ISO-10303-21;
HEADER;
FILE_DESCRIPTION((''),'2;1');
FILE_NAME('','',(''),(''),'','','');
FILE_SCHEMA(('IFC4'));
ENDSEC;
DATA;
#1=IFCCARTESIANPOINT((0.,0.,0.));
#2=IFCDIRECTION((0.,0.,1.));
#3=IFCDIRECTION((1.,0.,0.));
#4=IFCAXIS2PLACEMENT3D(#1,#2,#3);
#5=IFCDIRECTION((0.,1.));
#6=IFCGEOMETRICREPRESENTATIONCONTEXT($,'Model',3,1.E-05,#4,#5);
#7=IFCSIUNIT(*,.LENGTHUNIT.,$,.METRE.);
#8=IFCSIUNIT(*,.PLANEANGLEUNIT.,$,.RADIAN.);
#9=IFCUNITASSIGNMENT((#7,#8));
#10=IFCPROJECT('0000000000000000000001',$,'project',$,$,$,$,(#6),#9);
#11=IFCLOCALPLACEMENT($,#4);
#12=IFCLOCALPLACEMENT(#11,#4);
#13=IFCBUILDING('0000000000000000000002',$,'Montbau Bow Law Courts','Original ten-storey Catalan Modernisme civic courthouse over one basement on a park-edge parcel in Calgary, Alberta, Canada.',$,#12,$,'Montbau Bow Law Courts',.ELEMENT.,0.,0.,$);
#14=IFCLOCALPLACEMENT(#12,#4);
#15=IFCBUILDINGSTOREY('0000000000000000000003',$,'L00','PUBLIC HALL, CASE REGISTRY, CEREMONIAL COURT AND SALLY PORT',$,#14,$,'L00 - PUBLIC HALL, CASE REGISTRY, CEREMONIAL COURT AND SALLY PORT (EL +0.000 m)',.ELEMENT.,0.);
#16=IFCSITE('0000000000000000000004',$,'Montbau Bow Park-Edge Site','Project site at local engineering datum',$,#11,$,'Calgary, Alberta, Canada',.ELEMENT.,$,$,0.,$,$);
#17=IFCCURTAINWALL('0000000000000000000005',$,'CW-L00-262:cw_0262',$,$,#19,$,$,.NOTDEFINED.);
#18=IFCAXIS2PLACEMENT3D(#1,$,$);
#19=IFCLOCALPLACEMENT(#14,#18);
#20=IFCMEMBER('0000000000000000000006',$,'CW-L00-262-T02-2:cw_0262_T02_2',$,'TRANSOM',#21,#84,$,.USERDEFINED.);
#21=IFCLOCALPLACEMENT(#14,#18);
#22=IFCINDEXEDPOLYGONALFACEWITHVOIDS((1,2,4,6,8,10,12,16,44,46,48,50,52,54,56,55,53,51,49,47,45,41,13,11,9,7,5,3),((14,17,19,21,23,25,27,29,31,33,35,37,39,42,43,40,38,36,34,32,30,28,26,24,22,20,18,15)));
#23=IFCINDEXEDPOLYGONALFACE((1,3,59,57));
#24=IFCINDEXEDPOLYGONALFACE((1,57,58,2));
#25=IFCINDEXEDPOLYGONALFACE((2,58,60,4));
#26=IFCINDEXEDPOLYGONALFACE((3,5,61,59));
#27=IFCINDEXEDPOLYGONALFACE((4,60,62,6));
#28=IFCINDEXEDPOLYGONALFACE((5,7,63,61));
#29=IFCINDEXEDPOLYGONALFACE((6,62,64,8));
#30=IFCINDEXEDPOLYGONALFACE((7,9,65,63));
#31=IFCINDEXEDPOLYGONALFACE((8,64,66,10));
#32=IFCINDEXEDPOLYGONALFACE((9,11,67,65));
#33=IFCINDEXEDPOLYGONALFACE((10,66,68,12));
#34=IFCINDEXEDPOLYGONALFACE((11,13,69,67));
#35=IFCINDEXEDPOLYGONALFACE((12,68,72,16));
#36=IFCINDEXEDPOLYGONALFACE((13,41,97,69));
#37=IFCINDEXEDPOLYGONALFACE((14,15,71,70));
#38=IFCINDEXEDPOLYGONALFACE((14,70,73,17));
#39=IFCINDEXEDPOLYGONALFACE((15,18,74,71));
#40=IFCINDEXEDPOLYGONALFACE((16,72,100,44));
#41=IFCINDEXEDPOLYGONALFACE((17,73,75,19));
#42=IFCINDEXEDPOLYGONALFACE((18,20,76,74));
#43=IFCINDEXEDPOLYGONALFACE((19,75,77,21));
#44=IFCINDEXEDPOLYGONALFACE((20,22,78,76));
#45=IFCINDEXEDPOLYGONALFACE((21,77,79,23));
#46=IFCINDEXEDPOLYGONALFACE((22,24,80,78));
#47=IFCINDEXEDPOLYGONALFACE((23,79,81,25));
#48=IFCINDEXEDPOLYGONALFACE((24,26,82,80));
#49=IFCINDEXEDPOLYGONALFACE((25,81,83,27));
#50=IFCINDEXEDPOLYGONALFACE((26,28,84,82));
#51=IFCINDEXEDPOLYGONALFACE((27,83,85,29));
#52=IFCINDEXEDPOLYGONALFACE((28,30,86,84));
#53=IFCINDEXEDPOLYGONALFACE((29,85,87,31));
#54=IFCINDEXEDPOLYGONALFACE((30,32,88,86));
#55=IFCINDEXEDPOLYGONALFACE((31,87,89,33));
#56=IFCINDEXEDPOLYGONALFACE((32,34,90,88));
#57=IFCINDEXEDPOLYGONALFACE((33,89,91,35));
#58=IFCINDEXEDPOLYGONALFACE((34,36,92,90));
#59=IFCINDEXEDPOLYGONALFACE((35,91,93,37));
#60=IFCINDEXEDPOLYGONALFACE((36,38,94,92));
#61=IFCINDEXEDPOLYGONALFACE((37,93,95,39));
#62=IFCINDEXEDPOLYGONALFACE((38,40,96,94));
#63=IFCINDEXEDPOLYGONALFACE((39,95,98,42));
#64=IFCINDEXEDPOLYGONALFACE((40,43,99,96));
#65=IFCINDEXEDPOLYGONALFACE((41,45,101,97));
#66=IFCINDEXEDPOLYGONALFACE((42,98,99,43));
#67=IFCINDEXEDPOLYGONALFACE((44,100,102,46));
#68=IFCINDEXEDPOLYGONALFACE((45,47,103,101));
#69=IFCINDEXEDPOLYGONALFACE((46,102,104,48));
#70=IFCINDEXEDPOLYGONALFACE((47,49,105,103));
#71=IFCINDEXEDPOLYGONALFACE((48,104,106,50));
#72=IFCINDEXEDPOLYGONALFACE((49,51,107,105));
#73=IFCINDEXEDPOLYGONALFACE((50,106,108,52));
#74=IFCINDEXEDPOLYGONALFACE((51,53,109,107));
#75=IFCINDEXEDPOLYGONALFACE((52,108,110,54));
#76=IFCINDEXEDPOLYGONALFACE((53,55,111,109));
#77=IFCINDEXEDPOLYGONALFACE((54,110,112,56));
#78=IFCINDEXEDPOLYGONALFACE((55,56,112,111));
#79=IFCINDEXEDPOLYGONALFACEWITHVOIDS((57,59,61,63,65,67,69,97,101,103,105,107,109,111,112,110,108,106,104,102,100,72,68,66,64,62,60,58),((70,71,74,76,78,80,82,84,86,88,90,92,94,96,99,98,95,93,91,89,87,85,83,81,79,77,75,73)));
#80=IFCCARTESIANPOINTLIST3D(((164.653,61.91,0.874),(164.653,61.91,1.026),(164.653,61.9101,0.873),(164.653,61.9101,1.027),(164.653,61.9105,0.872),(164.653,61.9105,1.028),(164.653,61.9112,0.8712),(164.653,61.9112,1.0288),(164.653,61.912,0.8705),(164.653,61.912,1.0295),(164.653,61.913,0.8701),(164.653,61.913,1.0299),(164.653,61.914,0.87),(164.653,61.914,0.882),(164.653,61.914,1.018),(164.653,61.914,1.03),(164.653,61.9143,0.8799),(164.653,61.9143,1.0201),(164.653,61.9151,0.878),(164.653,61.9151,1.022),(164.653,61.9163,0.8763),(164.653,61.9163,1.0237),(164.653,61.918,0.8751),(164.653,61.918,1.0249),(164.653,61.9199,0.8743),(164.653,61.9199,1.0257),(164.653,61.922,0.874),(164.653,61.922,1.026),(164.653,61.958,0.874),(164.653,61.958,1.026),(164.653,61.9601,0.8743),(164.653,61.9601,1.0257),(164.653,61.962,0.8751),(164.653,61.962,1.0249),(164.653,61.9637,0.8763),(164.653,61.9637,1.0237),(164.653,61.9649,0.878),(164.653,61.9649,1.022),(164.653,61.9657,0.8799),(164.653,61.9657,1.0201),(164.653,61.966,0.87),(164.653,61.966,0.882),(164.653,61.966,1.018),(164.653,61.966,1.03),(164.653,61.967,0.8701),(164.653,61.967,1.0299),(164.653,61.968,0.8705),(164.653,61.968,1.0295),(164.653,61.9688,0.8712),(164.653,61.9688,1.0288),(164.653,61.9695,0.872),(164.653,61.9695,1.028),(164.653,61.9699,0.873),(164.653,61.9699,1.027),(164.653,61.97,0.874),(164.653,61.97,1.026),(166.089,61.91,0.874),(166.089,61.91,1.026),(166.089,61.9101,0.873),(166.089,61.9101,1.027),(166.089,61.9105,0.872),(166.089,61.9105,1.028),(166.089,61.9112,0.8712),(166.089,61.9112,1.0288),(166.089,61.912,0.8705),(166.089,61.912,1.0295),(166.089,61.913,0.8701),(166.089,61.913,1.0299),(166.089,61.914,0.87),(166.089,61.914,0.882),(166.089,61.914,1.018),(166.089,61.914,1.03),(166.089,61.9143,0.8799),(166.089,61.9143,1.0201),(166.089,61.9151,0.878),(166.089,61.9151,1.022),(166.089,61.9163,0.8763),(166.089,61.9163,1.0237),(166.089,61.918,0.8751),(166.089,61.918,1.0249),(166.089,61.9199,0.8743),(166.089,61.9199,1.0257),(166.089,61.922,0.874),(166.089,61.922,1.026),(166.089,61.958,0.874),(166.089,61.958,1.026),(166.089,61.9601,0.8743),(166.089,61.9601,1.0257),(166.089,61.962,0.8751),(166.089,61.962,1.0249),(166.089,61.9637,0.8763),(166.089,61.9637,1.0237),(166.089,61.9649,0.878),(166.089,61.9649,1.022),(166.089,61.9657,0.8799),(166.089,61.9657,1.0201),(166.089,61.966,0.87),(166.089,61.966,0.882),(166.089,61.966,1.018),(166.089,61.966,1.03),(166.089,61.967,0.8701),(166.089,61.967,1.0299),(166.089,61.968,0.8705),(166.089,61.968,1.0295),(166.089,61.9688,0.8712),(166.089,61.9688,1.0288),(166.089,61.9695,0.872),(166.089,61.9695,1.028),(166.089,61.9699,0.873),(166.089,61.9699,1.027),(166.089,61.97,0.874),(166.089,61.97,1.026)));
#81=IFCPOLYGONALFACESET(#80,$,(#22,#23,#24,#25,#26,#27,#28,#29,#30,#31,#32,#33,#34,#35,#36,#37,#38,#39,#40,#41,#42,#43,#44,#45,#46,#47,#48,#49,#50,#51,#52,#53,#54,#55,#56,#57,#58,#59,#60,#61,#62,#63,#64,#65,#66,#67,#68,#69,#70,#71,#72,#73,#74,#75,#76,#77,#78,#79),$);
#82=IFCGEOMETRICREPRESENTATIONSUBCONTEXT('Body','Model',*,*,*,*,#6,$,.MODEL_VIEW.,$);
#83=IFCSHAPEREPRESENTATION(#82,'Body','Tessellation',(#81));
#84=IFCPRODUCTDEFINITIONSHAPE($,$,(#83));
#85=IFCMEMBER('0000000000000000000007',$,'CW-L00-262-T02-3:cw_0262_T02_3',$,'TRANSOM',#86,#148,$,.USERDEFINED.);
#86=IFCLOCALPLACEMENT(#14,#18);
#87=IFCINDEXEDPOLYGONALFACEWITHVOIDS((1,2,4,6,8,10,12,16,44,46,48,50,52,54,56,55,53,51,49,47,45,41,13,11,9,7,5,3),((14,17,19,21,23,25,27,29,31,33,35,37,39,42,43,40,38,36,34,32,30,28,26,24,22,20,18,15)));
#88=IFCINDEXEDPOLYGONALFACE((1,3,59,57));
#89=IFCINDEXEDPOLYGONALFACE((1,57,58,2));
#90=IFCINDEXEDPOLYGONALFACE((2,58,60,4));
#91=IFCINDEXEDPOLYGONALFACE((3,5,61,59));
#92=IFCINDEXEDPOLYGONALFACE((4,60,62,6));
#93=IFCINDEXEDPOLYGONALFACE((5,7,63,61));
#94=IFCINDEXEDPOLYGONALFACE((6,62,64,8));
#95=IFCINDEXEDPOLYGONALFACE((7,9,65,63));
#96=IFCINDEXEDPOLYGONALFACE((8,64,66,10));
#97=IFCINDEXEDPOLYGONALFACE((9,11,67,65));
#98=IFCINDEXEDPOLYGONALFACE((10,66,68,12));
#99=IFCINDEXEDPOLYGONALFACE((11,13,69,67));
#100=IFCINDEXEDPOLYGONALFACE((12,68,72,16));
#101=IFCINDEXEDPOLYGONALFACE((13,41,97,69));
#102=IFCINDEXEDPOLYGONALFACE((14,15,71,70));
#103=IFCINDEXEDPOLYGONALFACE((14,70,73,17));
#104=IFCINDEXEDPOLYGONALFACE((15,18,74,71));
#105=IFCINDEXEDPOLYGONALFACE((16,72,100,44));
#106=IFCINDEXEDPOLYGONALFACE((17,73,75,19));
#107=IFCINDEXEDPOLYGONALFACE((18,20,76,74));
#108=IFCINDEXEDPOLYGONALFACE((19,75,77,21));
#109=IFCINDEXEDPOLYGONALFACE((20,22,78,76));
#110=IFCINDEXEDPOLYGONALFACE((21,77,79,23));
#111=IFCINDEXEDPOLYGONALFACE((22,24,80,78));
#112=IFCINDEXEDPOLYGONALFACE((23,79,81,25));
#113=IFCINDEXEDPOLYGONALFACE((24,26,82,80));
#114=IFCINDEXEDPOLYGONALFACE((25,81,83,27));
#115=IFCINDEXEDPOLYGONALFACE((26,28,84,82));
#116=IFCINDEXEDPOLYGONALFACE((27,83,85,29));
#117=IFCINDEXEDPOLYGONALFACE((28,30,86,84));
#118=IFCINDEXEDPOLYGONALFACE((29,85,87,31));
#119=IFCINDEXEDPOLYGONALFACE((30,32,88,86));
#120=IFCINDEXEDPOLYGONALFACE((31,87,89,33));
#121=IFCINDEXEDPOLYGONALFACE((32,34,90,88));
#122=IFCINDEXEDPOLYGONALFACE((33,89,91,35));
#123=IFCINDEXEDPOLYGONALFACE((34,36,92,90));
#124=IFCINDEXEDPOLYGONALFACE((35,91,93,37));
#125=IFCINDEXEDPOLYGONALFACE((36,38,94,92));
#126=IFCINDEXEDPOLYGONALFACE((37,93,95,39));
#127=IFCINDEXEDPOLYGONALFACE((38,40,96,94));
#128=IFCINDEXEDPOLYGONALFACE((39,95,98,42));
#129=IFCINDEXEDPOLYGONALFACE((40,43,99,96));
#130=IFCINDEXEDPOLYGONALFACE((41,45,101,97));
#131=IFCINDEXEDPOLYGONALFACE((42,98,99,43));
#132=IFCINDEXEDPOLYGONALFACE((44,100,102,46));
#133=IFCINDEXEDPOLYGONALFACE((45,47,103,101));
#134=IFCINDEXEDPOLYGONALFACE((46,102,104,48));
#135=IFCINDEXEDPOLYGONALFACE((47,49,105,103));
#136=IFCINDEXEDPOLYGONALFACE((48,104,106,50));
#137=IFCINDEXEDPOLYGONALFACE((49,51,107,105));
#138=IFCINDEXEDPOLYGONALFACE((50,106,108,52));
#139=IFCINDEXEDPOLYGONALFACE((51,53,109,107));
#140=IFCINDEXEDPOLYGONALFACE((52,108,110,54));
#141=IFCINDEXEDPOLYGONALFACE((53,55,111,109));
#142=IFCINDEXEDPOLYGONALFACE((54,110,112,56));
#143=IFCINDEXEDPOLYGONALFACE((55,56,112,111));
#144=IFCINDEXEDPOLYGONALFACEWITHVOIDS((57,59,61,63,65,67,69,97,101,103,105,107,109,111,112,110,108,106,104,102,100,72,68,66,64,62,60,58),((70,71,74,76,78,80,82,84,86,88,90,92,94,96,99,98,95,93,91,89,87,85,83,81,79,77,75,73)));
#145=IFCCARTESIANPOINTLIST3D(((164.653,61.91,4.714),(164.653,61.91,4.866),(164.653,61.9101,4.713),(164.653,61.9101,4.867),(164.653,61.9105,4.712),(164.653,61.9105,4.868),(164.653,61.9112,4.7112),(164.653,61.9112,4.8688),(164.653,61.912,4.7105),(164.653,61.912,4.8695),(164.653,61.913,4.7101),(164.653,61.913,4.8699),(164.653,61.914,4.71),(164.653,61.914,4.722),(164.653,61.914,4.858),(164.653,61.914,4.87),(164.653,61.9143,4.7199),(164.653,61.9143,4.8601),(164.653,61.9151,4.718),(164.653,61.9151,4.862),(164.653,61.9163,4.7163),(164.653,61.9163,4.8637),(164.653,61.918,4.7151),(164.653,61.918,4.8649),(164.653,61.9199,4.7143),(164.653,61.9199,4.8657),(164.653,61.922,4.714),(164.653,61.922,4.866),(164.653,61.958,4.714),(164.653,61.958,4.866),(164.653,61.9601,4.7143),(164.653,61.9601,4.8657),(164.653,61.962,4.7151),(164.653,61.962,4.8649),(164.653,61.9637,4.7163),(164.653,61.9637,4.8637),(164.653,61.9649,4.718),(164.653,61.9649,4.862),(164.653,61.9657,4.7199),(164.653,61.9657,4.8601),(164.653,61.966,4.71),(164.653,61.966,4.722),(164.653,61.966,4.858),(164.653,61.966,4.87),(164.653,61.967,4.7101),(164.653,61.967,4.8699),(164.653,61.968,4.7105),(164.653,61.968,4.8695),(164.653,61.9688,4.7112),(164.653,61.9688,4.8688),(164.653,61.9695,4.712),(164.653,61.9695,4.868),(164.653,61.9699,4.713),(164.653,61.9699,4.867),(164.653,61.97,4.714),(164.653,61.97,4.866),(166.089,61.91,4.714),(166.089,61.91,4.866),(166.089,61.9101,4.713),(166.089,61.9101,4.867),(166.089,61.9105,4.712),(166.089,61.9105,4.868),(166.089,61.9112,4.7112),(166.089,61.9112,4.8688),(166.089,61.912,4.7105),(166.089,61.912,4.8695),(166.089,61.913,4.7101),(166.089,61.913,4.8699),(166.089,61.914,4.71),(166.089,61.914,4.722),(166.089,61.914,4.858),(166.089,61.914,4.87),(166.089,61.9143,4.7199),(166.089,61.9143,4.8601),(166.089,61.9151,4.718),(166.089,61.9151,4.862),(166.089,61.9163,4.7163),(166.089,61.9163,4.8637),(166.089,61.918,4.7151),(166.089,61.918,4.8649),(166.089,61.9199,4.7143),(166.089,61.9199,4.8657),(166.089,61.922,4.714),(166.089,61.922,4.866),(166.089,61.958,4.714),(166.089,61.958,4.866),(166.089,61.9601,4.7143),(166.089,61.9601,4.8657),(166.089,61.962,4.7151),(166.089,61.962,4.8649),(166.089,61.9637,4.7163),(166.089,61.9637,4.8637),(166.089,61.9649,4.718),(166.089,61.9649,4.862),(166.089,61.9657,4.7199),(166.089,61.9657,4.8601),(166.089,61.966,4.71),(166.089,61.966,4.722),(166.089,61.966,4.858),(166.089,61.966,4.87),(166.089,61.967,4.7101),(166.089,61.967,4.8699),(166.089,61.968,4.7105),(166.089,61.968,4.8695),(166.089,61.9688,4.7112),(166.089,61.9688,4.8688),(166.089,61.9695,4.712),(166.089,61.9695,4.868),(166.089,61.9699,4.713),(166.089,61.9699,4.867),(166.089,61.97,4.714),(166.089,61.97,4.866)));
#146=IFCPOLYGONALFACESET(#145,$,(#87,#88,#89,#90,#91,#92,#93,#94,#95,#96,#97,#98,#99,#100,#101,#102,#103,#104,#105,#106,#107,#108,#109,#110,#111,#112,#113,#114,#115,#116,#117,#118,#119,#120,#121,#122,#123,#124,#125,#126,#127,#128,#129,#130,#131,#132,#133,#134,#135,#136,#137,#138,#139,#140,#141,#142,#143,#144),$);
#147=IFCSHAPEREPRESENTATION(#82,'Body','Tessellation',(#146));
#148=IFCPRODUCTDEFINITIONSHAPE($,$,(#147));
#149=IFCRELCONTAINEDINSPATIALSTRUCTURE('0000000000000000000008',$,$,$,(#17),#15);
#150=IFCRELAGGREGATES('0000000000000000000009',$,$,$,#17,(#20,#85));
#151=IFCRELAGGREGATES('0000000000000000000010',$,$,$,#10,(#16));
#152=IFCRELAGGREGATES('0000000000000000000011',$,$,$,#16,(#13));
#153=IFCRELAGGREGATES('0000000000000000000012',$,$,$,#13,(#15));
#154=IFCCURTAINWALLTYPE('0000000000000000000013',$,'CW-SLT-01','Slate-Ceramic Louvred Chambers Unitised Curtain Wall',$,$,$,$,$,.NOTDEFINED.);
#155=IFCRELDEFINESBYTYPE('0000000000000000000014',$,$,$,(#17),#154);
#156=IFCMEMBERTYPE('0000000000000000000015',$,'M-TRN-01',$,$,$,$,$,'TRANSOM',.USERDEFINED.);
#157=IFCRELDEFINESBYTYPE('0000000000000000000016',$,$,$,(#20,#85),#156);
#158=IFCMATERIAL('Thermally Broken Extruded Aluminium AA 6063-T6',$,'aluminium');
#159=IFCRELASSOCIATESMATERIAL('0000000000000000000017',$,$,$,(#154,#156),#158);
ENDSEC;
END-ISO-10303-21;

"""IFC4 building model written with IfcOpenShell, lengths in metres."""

from ifc_helpers import new_model, si_unit, direction, frame, origin_with_axes, origin_2d_with_axis, place, context, subcontext, project, spatial, hollow_rectangle, extrude, material, material_profile, profile_set, type_object, element, aggregate, save


model = new_model("IFC4")

# Units and contexts
model_context = context("Model", 3, precision=1e-05, world=origin_with_axes(), true_north=direction((0.0, 1.0)))
body_context = subcontext(model_context, "Body", "Model", "MODEL_VIEW")
ifc_project = project(units=[si_unit("LENGTHUNIT", "METRE"), si_unit("PLANEANGLEUNIT", "RADIAN")], contexts=[model_context])

# Site, building, storey
site_placement = place(None, origin_with_axes())
site = spatial("IfcSite", under=ifc_project, at=site_placement, Name="Montbau Bow Park-Edge Site", Description="Project site at local engineering datum", LongName="Calgary, Alberta, Canada", CompositionType="ELEMENT", RefElevation=0.0)
building_placement = place(site_placement, origin_with_axes())
building = spatial("IfcBuilding", under=site, at=building_placement, Name="Montbau Bow Law Courts", Description="Original ten-storey Catalan Modernisme civic courthouse over one basement on a park-edge parcel in Calgary, Alberta, Canada.", LongName="Montbau Bow Law Courts", CompositionType="ELEMENT", ElevationOfRefHeight=0.0, ElevationOfTerrain=0.0)
storey_placement = place(building_placement, origin_with_axes())
storey = spatial("IfcBuildingStorey", under=building, at=storey_placement, Name="L00", Description="PUBLIC HALL, CASE REGISTRY, CEREMONIAL COURT AND SALLY PORT", LongName="L00 - PUBLIC HALL, CASE REGISTRY, CEREMONIAL COURT AND SALLY PORT (EL +0.000 m)", CompositionType="ELEMENT", Elevation=0.0)

# Shared definitions
ifc_material_1 = material(Name="Thermally Broken Extruded Aluminium AA 6063-T6", Category="aluminium")
curtain_wall_type = type_object("IfcCurtainWallType", Name="CW-SLT-01", Description="Slate-Ceramic Louvred Chambers Unitised Curtain Wall", PredefinedType="NOTDEFINED", material=ifc_material_1)

# Curtain wall, members
curtain_wall_1_placement = place(None, frame((163.115, 61.94, 0.0), z_axis=(0.0, 0.0, 1.0), x_axis=(1.0, 0.0, 0.0)))
curtain_wall_1 = element("IfcCurtainWall", 1, at=curtain_wall_1_placement, inside=storey, type_object=curtain_wall_type, Name="CW-L00-262:cw_0262", PredefinedType="NOTDEFINED")
ifc_material_profile_1 = material_profile(ifc_material_1, hollow_rectangle(XDim=0.06, YDim=0.16, WallThickness=0.004, InnerFilletRadius=0.008, OuterFilletRadius=0.004, at=origin_2d_with_axis()), Name="CWT-160X60", Category="Main", Priority=0)
ifc_profile_set_1 = profile_set([ifc_material_profile_1], Name="Thermally Broken Extruded Aluminium AA 6063-T6")
member_type_1 = type_object("IfcMemberType", Name="M-TRN-01", ElementType="TRANSOM", PredefinedType="USERDEFINED", material=ifc_profile_set_1)
member_1_placement = place(None, frame((164.653, 61.94, 0.95), z_axis=(1.0, 0.0, 0.0), x_axis=(0.0, 1.0, 0.0)))
member_1 = element("IfcMember", 2, at=member_1_placement, type_object=member_type_1, Name="CW-L00-262-T02-2:cw_0262_T02_2", ObjectType="TRANSOM", PredefinedType="USERDEFINED", context=body_context, shape_type="SweptSolid", body=[
    extrude(hollow_rectangle(XDim=0.06, YDim=0.16, WallThickness=0.004, InnerFilletRadius=0.008, OuterFilletRadius=0.004, at=origin_2d_with_axis()), origin_with_axes(), (0.0, 0.0, 1.0), 1.436),
])
member_2_placement = place(None, frame((164.653, 61.94, 4.79), z_axis=(1.0, 0.0, 0.0), x_axis=(0.0, 1.0, 0.0)))
member_2 = element("IfcMember", 3, at=member_2_placement, type_object=member_type_1, Name="CW-L00-262-T02-3:cw_0262_T02_3", ObjectType="TRANSOM", PredefinedType="USERDEFINED", context=body_context, shape_type="SweptSolid", body=[
    extrude(hollow_rectangle(XDim=0.06, YDim=0.16, WallThickness=0.004, InnerFilletRadius=0.008, OuterFilletRadius=0.004, at=origin_2d_with_axis()), origin_with_axes(), (0.0, 0.0, 1.0), 1.436),
])

aggregate(curtain_wall_1, [member_1, member_2])

save(model, "model.ifc")
